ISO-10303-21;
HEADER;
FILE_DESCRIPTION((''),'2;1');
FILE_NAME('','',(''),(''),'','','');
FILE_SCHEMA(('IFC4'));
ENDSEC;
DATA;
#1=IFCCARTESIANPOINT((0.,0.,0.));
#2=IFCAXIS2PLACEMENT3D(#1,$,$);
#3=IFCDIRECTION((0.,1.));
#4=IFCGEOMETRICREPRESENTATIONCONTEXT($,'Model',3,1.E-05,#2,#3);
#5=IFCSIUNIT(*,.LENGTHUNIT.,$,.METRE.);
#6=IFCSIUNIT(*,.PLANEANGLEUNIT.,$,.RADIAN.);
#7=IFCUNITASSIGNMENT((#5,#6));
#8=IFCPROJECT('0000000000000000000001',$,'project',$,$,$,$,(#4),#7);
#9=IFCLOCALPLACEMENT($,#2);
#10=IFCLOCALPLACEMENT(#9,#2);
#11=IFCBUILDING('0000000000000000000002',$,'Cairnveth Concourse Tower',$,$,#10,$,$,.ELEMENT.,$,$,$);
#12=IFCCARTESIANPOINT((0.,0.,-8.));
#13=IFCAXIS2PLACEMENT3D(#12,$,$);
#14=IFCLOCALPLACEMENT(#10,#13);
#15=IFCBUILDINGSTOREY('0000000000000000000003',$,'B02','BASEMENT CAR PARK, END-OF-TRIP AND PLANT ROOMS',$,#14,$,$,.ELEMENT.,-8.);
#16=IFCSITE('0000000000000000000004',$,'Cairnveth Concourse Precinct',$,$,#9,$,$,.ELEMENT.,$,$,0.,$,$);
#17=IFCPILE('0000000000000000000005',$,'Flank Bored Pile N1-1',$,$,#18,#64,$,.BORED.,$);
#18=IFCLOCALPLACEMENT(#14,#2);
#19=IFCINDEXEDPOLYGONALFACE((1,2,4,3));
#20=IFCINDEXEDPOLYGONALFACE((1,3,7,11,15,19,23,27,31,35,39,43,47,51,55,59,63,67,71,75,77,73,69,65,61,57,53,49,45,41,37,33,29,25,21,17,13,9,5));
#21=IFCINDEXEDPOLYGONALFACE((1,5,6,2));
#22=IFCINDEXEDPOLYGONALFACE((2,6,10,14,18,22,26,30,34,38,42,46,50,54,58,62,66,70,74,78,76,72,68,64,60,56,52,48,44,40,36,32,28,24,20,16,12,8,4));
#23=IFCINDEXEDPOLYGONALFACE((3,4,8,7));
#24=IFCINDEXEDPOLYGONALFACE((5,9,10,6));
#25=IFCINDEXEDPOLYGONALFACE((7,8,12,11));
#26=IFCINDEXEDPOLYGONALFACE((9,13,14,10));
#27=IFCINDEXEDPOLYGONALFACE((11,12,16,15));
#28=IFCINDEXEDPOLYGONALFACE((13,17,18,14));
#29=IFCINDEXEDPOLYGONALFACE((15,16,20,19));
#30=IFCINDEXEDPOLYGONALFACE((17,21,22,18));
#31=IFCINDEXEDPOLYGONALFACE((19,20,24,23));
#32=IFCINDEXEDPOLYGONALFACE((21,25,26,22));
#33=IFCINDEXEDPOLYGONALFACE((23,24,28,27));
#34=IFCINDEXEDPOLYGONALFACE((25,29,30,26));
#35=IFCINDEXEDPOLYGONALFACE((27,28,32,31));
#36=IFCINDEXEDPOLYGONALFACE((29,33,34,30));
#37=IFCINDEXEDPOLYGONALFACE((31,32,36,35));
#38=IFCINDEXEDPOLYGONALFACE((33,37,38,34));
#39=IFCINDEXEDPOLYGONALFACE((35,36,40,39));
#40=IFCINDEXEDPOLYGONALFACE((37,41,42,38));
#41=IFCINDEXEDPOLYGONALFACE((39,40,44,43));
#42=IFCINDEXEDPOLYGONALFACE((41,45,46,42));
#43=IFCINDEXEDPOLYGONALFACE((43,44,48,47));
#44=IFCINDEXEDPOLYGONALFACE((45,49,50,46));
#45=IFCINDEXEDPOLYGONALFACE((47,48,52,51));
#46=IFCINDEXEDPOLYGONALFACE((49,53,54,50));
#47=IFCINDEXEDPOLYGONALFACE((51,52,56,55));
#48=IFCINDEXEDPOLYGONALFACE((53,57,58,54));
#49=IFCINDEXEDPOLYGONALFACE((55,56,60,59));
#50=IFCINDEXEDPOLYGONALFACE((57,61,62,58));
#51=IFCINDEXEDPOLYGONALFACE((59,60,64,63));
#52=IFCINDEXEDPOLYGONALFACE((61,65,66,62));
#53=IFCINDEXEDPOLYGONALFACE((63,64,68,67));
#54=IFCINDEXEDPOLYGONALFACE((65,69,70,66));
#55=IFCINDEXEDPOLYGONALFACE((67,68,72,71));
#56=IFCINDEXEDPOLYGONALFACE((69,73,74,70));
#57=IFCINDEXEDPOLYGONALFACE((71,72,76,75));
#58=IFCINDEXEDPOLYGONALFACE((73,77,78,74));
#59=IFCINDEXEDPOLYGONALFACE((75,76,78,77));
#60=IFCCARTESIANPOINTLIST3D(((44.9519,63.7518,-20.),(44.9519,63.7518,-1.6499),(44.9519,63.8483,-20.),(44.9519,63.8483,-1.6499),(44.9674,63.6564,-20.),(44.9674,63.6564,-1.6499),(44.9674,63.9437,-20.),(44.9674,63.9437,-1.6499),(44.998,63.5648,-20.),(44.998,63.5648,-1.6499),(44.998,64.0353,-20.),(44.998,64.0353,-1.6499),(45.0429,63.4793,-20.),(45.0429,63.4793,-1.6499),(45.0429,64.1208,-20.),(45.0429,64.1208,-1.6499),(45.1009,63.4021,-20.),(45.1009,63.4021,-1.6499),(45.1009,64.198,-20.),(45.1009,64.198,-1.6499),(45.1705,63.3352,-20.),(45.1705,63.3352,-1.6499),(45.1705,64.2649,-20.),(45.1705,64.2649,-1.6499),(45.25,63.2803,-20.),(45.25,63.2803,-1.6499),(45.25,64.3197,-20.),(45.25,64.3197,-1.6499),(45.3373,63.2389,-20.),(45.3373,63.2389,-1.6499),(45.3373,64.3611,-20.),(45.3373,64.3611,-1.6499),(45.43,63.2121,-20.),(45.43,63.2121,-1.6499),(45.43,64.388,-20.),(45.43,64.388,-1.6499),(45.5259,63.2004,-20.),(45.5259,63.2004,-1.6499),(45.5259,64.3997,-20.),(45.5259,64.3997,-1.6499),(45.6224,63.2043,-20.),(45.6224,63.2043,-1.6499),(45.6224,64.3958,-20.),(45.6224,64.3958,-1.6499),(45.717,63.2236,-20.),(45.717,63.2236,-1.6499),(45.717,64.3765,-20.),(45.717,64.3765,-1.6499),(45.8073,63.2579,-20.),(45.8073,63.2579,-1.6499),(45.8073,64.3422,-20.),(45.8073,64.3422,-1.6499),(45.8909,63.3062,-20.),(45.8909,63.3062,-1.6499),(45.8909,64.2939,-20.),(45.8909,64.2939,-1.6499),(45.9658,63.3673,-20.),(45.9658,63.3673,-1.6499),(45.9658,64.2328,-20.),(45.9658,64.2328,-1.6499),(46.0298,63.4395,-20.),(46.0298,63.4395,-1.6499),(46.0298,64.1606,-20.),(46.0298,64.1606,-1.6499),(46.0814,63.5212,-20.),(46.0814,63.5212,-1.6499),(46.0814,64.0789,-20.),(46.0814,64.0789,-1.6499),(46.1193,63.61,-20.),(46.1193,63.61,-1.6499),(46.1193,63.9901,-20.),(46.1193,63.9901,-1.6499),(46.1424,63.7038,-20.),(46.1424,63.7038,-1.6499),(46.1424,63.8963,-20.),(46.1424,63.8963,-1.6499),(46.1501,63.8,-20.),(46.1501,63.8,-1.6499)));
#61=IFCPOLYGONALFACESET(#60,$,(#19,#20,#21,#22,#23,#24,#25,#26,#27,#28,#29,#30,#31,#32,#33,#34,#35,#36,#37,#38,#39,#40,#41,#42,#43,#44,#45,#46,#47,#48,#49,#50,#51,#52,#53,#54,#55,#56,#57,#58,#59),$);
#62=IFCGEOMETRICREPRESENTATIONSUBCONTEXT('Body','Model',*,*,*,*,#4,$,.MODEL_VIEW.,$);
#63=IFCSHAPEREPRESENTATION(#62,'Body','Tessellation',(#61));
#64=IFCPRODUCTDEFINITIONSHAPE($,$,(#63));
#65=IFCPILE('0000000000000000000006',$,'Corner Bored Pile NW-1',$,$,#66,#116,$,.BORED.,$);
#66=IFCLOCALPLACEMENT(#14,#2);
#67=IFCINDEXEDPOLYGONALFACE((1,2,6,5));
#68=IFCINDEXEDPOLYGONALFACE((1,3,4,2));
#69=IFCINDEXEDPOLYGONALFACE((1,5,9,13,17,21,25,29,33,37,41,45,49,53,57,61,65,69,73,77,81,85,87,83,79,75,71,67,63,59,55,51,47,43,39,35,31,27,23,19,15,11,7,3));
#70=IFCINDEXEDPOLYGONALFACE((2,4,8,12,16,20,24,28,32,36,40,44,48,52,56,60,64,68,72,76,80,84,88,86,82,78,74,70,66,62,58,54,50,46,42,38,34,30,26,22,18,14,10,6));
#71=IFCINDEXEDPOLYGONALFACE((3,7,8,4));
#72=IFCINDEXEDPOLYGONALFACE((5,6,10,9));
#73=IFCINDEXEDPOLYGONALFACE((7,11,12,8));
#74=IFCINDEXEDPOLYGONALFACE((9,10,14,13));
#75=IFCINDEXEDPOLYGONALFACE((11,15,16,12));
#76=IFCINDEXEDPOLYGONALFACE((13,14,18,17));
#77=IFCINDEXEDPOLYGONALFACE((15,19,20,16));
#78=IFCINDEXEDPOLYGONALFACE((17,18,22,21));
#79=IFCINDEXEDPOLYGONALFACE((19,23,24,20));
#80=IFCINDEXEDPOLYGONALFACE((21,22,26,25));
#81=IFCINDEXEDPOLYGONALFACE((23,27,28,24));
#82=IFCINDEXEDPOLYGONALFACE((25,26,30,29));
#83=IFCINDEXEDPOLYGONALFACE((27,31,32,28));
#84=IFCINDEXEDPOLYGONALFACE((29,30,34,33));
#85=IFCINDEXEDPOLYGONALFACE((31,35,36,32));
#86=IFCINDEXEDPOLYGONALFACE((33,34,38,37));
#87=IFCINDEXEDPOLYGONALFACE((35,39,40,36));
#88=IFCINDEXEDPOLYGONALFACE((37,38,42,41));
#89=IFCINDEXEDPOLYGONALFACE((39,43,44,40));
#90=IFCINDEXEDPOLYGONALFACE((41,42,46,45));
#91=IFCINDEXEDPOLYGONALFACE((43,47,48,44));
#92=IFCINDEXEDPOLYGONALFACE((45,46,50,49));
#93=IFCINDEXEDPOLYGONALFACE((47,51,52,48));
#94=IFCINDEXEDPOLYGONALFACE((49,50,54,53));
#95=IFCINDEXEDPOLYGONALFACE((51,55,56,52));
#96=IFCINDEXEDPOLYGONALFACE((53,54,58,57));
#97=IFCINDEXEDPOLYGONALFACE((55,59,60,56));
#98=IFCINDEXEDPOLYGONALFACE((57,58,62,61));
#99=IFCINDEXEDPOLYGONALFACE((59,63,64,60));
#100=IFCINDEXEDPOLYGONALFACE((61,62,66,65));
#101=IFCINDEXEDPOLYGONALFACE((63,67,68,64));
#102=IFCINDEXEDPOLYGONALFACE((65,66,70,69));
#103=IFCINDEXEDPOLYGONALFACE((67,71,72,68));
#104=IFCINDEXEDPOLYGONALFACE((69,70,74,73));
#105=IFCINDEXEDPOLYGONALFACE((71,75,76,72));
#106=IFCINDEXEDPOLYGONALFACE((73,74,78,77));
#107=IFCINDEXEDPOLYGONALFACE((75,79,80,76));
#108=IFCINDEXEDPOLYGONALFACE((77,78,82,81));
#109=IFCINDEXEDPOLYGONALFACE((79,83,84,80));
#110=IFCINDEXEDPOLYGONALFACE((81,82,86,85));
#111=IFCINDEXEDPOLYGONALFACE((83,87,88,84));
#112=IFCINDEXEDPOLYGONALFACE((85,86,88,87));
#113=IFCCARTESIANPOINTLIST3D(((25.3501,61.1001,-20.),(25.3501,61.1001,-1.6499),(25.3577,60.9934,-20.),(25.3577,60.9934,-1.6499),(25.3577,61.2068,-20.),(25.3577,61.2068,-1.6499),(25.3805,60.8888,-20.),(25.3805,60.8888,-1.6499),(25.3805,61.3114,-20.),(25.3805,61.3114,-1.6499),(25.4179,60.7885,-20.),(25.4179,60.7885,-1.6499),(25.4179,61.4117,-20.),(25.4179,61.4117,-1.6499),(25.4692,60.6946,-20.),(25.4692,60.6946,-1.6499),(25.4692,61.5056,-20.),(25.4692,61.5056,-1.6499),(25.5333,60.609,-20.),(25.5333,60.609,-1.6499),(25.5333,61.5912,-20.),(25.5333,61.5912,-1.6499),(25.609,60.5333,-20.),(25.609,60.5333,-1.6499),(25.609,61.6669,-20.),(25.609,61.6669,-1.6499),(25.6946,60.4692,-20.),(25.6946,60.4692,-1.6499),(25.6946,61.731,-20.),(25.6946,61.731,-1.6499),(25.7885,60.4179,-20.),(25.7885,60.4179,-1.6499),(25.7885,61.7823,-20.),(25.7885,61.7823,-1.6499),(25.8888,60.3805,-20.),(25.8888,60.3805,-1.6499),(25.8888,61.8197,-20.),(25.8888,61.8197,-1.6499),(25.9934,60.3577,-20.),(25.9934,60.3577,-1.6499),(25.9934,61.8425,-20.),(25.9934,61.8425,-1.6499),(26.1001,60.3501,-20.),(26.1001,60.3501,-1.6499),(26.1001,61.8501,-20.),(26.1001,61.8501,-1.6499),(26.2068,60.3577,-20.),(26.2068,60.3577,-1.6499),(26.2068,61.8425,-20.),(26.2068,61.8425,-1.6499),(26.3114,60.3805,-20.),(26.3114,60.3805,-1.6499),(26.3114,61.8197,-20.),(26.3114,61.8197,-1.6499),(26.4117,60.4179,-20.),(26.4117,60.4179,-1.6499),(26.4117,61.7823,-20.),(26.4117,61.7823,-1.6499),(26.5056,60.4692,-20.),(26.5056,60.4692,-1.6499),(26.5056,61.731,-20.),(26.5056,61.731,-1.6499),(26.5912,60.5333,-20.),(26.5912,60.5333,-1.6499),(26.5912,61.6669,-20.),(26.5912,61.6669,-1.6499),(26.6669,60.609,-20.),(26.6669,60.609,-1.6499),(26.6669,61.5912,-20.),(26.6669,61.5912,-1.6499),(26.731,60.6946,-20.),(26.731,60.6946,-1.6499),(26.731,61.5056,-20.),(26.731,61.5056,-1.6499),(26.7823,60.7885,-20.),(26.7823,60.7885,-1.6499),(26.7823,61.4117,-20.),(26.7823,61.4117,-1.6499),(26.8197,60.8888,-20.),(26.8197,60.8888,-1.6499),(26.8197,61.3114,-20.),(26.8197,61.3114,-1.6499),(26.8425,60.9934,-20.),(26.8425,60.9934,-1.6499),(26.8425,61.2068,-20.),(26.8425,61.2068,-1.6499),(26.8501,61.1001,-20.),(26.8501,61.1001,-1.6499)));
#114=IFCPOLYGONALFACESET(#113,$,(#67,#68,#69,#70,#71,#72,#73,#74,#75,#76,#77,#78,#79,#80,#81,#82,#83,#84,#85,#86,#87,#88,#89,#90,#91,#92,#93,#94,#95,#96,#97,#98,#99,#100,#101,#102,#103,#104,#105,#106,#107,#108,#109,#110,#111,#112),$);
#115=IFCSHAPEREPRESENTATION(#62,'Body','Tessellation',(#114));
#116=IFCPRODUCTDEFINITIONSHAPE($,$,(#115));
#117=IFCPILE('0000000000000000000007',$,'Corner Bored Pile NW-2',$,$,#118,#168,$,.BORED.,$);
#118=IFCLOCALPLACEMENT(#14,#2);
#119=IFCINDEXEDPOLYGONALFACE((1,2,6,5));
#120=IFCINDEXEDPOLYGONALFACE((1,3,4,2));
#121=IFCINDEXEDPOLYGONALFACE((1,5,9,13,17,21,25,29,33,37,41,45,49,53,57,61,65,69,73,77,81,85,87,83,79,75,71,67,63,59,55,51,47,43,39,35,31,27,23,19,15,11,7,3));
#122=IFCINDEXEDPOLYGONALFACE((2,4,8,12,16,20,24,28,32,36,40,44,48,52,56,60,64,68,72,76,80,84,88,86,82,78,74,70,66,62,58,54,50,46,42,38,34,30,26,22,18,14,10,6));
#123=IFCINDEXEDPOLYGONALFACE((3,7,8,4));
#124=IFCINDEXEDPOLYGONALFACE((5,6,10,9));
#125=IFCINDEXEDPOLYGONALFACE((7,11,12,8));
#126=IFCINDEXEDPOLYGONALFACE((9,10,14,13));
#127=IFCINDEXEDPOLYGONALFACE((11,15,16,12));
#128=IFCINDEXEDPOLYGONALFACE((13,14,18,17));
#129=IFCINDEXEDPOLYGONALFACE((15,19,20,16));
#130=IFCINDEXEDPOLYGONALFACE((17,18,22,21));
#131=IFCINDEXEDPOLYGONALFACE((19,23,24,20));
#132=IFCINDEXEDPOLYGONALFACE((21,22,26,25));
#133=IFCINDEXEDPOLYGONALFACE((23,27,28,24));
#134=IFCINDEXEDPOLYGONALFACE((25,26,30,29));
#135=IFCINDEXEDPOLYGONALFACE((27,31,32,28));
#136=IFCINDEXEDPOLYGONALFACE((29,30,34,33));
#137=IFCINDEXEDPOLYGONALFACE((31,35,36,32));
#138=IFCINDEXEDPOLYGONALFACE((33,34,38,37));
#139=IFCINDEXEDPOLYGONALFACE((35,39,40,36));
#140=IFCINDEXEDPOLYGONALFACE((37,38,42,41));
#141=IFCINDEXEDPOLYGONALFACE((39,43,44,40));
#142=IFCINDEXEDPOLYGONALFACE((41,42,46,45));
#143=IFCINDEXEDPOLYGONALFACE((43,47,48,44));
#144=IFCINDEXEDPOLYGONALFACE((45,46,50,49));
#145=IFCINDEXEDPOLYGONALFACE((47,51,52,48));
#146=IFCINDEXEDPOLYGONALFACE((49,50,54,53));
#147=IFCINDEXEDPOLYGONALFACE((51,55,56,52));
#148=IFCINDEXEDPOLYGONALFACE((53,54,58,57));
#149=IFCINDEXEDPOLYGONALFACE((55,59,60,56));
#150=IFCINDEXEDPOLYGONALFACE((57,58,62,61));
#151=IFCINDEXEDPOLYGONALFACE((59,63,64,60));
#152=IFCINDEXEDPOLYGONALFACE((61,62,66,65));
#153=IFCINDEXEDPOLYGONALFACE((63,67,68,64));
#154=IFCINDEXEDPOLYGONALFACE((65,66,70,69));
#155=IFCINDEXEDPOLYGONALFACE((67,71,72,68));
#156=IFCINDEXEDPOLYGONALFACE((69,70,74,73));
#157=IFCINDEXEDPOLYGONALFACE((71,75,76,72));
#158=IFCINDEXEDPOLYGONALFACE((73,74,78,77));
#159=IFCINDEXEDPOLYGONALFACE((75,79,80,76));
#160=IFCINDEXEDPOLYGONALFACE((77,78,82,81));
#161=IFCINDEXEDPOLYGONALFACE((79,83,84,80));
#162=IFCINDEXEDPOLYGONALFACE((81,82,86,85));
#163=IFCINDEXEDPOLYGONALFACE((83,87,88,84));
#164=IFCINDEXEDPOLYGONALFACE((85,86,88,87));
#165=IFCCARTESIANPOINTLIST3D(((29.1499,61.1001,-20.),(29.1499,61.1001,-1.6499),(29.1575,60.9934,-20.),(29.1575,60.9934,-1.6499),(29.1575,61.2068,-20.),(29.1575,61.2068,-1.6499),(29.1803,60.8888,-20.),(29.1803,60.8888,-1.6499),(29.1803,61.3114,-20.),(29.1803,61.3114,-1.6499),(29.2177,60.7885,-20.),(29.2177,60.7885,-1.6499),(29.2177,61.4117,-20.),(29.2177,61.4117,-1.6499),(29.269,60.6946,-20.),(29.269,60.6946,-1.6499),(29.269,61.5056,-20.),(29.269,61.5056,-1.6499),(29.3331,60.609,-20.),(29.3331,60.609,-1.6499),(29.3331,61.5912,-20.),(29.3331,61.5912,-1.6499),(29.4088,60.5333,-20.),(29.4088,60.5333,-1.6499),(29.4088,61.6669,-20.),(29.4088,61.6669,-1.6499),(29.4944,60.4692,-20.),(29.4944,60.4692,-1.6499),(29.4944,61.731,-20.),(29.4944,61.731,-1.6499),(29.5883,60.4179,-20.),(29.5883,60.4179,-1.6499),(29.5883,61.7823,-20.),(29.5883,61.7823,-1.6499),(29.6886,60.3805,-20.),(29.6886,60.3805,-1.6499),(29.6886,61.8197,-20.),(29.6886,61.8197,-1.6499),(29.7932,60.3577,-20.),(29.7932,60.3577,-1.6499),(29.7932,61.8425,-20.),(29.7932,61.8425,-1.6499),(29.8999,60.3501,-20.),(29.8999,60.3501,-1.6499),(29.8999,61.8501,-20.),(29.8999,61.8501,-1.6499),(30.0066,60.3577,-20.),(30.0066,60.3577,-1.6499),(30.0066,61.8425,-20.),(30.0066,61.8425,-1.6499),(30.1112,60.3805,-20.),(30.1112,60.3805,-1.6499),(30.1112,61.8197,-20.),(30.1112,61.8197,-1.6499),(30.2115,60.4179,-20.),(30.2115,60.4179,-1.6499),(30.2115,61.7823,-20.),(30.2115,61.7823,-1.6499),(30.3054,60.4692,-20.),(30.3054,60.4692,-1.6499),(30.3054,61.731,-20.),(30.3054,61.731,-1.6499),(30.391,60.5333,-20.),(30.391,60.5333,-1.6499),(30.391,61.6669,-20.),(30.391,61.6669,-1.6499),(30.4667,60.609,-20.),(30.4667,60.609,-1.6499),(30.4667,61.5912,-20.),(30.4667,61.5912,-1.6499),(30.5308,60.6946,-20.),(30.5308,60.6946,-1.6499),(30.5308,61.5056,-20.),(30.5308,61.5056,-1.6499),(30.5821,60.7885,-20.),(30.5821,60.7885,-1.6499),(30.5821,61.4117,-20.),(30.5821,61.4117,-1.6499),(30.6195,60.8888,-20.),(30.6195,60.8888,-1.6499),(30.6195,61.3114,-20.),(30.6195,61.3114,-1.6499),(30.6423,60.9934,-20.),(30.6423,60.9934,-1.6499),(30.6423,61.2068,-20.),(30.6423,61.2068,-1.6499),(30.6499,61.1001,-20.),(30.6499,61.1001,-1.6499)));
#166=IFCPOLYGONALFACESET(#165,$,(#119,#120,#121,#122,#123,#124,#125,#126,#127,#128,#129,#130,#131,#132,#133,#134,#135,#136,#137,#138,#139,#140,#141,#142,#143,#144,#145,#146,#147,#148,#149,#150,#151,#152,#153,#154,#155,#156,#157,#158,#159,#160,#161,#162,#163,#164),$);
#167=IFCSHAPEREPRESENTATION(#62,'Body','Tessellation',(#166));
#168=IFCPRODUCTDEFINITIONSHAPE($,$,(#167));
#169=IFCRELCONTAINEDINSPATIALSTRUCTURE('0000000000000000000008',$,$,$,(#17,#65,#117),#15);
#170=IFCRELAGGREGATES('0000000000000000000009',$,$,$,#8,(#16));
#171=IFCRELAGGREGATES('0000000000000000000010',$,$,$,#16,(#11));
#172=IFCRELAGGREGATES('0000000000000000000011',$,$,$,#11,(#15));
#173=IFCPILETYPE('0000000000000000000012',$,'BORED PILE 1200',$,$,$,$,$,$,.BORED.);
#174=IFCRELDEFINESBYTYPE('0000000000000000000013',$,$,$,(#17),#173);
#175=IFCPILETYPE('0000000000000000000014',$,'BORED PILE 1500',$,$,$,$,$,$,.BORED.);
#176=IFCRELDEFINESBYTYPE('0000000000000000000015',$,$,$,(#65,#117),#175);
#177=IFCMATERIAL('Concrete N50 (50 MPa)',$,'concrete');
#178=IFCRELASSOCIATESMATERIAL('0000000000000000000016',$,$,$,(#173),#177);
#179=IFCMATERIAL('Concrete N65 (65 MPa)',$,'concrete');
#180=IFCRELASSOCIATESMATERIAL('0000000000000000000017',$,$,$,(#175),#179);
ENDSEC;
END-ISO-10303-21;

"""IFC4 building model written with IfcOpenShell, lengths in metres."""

from ifc_helpers import new_model, si_unit, direction, frame, origin, origin_2d, place, context, subcontext, project, spatial, circle, extrude, material, material_profile, profile_set, type_object, element, save


model = new_model("IFC4")

# Units and contexts
model_context = context("Model", 3, precision=1e-05, world=origin(), true_north=direction((0.0, 1.0)))
body_context = subcontext(model_context, "Body", "Model", "MODEL_VIEW")
ifc_project = project(units=[si_unit("LENGTHUNIT", "METRE"), si_unit("PLANEANGLEUNIT", "RADIAN")], contexts=[model_context])

# Site, building, storey
site_placement = place(None, origin())
site = spatial("IfcSite", under=ifc_project, at=site_placement, Name="Cairnveth Concourse Precinct", CompositionType="ELEMENT", RefElevation=0.0)
building_placement = place(site_placement, origin())
building = spatial("IfcBuilding", under=site, at=building_placement, Name="Cairnveth Concourse Tower", CompositionType="ELEMENT")
storey_placement = place(building_placement, frame((0.0, 0.0, -8.0)))
storey = spatial("IfcBuildingStorey", under=building, at=storey_placement, Name="B02", Description="BASEMENT CAR PARK, END-OF-TRIP AND PLANT ROOMS", CompositionType="ELEMENT", Elevation=-8.0)

# Piles
ifc_material_1 = material(Name="Concrete N50 (50 MPa)", Category="concrete")
ifc_material_profile_1 = material_profile(ifc_material_1, circle(Radius=0.6001, at=origin_2d()), Name="PILE-1200")
ifc_profile_set_1 = profile_set([ifc_material_profile_1], Name="Concrete N50 (50 MPa)")
pile_type_1 = type_object("IfcPileType", Name="BORED PILE 1200", PredefinedType="BORED", material=ifc_profile_set_1)
pile_placement = place(storey_placement, frame((45.55, 63.8, -1.6499), z_axis=(0.0, 0.0, -1.0), x_axis=(1.0, 0.0, 0.0)))
element("IfcPile", 1, at=pile_placement, inside=storey, type_object=pile_type_1, Name="Flank Bored Pile N1-1", PredefinedType="BORED", context=body_context, shape_type="SweptSolid", body=[
    extrude(circle(Radius=0.6001, at=origin_2d()), origin(), (0.0, 0.0, 1.0), 18.3501),
])
ifc_material_2 = material(Name="Concrete N65 (65 MPa)", Category="concrete")
ifc_material_profile_2 = material_profile(ifc_material_2, circle(Radius=0.75, at=origin_2d()), Name="PILE-1500")
ifc_profile_set_2 = profile_set([ifc_material_profile_2], Name="Concrete N65 (65 MPa)")
pile_type_2 = type_object("IfcPileType", Name="BORED PILE 1500", PredefinedType="BORED", material=ifc_profile_set_2)
for number, where, z_axis, x_axis, name in (
    (2, (26.1001, 61.1001, -1.6499), (0.0, 0.0, -1.0), (1.0, 0.0, 0.0), "Corner Bored Pile NW-1"),
    (3, (29.8999, 61.1001, -1.6499), (0.0, 0.0, -1.0), (1.0, 0.0, 0.0), "Corner Bored Pile NW-2"),
):
    element("IfcPile", number, at=place(storey_placement, frame(where, z_axis=z_axis, x_axis=x_axis)), inside=storey, type_object=pile_type_2, Name=name, PredefinedType="BORED", context=body_context, shape_type="SweptSolid", body=[
        extrude(circle(Radius=0.75, at=origin_2d()), origin(), (0.0, 0.0, 1.0), 18.3501),
    ])

save(model, "model.ifc")
